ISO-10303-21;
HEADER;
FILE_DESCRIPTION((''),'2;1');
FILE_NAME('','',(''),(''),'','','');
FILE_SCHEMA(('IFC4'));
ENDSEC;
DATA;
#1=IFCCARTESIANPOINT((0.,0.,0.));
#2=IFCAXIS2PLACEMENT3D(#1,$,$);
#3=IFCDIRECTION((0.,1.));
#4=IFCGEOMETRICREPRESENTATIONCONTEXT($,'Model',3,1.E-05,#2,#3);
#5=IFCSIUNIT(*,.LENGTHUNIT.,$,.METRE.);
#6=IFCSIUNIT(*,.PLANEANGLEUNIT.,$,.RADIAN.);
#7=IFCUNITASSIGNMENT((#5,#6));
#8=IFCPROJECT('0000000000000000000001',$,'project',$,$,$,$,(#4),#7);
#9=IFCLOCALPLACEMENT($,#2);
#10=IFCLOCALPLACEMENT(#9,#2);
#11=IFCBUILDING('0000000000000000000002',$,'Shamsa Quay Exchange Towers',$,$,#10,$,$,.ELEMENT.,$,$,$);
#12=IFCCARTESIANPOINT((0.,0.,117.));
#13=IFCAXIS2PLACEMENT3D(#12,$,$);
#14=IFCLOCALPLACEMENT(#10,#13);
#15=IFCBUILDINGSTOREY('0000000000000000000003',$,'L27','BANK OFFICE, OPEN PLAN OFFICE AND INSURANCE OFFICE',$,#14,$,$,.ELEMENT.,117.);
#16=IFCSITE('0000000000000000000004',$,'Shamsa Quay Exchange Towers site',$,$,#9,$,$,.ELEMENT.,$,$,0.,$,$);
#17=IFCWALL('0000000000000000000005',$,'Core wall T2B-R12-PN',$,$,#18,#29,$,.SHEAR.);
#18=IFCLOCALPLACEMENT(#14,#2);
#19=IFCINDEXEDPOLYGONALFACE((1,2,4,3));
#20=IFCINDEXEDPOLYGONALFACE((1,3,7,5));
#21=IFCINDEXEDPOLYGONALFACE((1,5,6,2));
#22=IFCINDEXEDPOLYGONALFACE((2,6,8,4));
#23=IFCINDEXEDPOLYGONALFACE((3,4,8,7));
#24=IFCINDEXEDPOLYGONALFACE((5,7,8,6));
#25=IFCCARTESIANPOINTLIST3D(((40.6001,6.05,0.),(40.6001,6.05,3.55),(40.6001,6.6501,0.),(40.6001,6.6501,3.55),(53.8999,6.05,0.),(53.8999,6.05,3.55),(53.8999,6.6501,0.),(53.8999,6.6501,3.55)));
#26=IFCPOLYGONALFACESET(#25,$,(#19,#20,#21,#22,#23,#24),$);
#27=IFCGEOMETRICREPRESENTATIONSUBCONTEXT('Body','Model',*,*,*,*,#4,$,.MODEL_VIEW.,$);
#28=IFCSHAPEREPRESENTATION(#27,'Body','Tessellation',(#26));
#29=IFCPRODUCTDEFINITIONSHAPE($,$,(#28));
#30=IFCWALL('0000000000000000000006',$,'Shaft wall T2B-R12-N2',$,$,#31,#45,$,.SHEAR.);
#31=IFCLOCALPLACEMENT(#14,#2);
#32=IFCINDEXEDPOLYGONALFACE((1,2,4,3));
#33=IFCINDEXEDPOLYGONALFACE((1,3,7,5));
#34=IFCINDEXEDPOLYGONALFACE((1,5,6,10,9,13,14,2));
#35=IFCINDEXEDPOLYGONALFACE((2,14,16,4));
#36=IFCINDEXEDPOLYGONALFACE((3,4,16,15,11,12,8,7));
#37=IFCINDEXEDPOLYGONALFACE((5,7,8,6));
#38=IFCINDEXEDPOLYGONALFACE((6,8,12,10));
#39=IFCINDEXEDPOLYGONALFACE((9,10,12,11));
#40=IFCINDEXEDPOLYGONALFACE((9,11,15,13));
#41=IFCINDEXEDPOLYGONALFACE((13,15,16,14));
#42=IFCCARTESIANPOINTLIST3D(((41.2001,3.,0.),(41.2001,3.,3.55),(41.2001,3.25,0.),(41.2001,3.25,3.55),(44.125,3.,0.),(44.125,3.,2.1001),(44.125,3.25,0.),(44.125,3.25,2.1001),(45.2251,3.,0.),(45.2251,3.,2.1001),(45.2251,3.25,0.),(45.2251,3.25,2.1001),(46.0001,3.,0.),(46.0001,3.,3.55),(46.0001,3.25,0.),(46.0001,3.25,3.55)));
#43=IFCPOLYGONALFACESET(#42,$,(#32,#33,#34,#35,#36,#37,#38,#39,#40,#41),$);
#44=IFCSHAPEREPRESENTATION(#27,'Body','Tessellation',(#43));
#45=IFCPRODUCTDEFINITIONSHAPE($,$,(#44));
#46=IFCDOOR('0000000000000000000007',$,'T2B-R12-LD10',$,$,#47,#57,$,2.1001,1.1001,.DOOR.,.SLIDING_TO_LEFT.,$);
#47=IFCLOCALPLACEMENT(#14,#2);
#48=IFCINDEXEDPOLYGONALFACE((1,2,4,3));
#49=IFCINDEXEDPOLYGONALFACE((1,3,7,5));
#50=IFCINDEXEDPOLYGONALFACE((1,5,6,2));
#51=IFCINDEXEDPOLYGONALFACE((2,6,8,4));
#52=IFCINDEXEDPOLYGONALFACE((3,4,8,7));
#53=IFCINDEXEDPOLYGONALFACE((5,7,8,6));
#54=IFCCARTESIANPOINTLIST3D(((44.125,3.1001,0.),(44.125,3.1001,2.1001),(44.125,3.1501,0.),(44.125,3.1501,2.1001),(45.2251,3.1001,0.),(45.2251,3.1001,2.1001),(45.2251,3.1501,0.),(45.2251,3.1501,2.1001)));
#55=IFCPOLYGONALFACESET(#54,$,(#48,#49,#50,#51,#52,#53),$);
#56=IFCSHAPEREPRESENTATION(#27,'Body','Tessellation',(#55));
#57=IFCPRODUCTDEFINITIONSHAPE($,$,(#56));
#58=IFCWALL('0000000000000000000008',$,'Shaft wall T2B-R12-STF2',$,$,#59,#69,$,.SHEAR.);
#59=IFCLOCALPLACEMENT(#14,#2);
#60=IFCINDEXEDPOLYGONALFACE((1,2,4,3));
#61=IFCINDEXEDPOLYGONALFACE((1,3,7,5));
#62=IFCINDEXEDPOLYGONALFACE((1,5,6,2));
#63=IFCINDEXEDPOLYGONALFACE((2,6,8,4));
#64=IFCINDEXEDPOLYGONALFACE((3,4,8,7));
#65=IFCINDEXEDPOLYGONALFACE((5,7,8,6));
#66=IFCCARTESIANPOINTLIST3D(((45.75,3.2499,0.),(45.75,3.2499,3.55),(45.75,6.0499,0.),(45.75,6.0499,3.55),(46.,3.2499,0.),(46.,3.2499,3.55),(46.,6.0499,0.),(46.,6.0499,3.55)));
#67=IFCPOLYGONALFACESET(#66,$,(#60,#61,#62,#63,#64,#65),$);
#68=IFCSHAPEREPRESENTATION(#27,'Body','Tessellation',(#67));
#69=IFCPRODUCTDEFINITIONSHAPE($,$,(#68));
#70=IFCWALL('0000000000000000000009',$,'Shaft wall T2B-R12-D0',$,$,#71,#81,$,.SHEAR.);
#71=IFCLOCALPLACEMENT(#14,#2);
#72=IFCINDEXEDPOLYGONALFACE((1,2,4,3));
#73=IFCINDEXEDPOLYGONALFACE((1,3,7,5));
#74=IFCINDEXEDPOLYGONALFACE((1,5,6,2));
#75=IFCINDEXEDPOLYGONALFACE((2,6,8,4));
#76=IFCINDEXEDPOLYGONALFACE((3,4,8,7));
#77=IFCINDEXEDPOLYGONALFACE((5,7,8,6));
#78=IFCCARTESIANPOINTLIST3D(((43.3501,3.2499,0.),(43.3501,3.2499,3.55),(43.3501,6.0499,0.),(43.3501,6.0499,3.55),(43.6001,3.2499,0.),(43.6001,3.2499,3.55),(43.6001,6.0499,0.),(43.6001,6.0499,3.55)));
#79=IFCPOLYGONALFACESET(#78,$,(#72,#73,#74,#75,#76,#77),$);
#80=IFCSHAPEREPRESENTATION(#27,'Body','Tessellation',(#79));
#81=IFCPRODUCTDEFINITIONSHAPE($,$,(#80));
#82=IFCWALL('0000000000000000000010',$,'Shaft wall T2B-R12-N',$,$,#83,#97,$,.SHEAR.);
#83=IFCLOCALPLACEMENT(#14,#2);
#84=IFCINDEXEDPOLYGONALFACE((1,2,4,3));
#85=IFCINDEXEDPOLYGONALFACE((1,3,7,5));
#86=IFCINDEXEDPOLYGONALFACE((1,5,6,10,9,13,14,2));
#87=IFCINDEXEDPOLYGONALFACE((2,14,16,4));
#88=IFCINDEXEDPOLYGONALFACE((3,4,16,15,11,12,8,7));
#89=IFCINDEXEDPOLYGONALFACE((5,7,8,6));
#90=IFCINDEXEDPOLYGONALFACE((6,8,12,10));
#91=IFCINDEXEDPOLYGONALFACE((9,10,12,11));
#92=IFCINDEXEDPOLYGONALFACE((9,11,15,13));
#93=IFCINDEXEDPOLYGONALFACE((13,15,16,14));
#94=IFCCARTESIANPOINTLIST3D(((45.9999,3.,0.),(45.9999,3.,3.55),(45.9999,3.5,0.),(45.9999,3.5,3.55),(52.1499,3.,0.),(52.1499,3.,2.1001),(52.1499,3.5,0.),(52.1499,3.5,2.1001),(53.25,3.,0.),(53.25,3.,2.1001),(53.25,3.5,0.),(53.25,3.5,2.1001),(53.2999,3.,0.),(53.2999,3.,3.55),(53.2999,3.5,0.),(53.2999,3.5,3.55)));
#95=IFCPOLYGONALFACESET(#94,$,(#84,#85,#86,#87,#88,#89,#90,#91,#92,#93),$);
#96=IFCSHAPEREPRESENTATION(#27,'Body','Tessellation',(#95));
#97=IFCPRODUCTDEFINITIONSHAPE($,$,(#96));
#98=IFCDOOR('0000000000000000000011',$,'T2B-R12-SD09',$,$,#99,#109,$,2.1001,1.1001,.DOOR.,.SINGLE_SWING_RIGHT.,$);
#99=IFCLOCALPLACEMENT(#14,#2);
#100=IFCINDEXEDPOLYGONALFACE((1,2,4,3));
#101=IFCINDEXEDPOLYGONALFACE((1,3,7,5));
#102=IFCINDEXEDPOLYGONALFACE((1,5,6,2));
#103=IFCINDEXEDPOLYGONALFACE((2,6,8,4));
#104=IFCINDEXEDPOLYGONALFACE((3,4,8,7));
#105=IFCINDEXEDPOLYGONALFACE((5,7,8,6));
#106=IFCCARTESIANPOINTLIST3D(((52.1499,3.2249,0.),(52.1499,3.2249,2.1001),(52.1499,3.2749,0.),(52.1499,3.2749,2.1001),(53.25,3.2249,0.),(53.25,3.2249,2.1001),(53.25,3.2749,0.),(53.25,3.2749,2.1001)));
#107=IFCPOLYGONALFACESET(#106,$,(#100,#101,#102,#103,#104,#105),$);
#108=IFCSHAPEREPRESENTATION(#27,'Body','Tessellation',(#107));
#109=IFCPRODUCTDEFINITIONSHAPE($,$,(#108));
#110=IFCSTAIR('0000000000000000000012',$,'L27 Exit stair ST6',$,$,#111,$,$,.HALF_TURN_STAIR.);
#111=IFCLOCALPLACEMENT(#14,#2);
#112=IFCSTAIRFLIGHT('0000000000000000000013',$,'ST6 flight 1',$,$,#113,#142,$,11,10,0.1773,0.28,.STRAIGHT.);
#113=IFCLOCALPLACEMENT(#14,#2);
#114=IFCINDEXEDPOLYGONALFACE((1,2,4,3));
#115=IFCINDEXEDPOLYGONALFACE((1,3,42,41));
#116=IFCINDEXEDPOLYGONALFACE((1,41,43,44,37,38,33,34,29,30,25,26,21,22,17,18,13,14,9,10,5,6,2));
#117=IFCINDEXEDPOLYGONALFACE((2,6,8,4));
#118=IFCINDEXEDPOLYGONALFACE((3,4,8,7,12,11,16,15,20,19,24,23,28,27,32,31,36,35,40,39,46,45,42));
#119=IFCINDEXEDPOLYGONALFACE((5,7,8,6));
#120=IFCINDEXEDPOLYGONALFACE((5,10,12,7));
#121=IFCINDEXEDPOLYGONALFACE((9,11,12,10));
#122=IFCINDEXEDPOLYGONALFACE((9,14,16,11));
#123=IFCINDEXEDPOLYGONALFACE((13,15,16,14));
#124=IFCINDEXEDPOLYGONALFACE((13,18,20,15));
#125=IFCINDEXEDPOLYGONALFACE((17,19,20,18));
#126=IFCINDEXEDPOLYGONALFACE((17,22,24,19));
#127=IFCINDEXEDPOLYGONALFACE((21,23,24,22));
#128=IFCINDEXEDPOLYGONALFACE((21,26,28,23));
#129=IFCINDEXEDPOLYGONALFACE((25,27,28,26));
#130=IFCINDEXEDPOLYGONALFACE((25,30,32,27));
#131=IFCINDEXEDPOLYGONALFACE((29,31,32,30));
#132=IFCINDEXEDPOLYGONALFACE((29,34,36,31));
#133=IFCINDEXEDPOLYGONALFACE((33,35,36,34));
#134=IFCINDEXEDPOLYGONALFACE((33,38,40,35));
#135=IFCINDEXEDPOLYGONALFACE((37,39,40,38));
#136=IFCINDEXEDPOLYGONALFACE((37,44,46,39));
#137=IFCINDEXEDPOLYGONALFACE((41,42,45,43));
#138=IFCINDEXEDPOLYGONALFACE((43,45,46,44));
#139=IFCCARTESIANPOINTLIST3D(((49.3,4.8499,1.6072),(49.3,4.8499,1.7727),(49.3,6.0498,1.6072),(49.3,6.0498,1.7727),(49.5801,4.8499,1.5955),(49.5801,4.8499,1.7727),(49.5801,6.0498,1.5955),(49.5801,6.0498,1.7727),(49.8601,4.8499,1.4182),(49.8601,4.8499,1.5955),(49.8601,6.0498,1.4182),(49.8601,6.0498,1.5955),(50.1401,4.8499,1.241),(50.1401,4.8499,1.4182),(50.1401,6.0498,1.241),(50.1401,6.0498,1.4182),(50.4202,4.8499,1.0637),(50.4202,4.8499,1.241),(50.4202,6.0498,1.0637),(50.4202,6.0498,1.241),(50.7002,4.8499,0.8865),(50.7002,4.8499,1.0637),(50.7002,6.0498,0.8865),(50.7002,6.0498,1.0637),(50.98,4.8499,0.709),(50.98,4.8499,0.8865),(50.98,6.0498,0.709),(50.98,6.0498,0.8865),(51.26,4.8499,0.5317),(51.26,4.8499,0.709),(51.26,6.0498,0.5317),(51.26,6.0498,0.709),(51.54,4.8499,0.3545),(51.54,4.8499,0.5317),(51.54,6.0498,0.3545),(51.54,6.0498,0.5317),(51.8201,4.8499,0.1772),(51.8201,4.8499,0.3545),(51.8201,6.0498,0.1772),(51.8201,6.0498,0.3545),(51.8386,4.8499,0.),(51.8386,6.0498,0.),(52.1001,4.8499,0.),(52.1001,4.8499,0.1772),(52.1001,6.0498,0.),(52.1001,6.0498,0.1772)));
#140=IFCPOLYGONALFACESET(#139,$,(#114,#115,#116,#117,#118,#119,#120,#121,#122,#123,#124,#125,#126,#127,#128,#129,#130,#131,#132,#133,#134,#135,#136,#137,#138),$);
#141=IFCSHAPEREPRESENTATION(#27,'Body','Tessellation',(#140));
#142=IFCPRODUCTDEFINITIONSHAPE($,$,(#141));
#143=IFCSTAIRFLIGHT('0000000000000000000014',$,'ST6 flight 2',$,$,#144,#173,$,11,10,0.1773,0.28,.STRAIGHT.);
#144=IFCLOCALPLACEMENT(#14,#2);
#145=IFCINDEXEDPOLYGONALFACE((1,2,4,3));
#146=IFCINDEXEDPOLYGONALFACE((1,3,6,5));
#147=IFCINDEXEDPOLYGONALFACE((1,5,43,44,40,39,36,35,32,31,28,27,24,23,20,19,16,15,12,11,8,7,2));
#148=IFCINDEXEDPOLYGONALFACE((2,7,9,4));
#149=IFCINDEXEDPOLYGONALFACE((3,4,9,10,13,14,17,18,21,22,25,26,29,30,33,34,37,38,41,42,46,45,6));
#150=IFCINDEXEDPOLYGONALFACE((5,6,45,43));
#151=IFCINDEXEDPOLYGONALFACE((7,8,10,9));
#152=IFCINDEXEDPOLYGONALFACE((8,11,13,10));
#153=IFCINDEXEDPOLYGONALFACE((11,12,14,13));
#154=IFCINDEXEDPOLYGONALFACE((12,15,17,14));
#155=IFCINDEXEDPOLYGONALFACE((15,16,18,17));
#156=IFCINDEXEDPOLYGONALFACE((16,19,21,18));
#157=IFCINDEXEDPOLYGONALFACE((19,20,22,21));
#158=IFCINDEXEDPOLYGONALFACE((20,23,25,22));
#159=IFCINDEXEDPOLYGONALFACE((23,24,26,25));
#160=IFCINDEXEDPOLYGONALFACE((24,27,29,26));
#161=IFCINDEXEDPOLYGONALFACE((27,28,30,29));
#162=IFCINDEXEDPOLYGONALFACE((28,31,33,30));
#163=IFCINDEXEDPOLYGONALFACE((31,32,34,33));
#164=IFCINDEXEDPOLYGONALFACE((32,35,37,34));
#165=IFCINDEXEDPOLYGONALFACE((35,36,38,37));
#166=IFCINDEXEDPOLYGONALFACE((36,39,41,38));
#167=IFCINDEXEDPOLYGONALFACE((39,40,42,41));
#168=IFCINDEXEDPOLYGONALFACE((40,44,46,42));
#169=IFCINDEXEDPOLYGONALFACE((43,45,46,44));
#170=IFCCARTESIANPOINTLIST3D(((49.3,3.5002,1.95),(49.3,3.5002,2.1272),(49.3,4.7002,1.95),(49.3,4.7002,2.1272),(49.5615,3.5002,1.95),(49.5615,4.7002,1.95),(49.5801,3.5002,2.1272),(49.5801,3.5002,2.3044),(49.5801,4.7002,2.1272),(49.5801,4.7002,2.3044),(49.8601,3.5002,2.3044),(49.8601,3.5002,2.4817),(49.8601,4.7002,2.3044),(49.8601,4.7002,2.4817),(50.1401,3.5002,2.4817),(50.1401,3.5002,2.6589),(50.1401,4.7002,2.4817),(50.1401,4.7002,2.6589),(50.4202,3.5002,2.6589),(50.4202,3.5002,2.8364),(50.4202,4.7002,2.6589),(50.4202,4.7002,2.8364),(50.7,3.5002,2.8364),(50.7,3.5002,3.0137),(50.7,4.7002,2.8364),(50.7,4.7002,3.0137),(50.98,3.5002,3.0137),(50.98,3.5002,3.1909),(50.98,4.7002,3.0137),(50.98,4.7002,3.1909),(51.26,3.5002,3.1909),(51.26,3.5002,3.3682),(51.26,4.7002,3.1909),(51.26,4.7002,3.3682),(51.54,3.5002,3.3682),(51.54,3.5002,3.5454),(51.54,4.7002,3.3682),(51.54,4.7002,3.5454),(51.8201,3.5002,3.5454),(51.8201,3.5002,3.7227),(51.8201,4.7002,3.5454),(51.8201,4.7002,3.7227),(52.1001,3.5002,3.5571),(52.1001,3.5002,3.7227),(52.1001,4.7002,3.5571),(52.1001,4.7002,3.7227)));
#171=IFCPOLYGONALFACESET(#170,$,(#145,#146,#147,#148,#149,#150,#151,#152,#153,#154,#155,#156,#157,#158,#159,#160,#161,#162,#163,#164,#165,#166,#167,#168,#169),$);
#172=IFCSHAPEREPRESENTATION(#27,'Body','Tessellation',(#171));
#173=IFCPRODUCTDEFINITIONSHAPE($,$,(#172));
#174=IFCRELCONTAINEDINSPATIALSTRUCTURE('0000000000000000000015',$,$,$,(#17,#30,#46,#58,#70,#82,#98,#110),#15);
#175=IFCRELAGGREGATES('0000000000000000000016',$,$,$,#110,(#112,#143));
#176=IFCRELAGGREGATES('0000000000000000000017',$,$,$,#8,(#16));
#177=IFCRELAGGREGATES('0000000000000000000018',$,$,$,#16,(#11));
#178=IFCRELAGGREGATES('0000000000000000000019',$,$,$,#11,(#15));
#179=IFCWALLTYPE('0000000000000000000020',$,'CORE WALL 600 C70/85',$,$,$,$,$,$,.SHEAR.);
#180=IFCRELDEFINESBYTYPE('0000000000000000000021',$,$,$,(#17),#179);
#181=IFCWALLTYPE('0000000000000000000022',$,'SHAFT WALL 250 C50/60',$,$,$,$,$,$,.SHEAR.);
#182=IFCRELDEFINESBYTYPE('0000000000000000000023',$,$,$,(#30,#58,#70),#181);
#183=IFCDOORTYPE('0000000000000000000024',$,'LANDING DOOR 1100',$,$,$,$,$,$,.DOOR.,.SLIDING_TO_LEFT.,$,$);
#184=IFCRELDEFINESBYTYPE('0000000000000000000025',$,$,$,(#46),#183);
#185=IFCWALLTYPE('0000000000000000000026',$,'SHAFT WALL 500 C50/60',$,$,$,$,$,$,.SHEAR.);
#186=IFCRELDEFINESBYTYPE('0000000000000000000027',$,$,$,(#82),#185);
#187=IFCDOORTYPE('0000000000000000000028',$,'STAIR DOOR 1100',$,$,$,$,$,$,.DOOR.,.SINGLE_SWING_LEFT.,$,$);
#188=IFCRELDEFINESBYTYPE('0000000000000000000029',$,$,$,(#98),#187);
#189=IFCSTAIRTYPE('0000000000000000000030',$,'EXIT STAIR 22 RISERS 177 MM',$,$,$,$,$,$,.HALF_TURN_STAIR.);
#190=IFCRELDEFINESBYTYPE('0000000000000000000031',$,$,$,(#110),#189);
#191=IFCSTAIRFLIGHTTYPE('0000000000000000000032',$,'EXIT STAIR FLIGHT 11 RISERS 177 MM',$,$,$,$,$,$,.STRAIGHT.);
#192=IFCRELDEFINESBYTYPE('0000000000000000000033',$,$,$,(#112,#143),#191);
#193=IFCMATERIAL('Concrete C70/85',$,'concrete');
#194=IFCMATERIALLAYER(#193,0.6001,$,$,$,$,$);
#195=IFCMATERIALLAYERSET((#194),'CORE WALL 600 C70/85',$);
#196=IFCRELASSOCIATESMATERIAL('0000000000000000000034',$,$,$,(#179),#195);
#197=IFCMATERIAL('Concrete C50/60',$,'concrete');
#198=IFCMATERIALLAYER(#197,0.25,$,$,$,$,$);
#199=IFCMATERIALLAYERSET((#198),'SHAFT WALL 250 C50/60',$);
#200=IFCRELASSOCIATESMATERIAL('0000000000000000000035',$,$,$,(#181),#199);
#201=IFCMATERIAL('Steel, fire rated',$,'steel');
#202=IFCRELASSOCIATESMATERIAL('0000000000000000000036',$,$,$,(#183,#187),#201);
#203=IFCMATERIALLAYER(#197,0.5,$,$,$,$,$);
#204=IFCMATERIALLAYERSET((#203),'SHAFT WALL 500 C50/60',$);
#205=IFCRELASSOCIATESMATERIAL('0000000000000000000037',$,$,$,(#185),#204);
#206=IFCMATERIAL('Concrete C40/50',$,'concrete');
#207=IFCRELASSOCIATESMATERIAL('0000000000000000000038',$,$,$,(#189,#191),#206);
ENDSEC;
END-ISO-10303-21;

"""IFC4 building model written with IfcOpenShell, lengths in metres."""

from ifc_helpers import new_model, si_unit, direction, frame, frame_2d, origin, place, context, subcontext, project, spatial, polyline, rectangle, outline, extrude, material, layer, layer_set, type_object, element, fill, aggregate, save


model = new_model("IFC4")

# Units and contexts
model_context = context("Model", 3, precision=1e-05, world=origin(), true_north=direction((0.0, 1.0)))
body_context = subcontext(model_context, "Body", "Model", "MODEL_VIEW")
ifc_project = project(units=[si_unit("LENGTHUNIT", "METRE"), si_unit("PLANEANGLEUNIT", "RADIAN")], contexts=[model_context])

# Site, building, storey
site_placement = place(None, origin())
site = spatial("IfcSite", under=ifc_project, at=site_placement, Name="Shamsa Quay Exchange Towers site", CompositionType="ELEMENT", RefElevation=0.0)
building_placement = place(site_placement, origin())
building = spatial("IfcBuilding", under=site, at=building_placement, Name="Shamsa Quay Exchange Towers", CompositionType="ELEMENT")
storey_placement = place(building_placement, frame((0.0, 0.0, 117.0)))
storey = spatial("IfcBuildingStorey", under=building, at=storey_placement, Name="L27", Description="BANK OFFICE, OPEN PLAN OFFICE AND INSURANCE OFFICE", CompositionType="ELEMENT", Elevation=117.0)

# Wall
ifc_material_1 = material(Name="Concrete C70/85", Category="concrete")
ifc_layer_1 = layer(ifc_material_1, 0.6001)
ifc_layer_set_1 = layer_set([ifc_layer_1], Name="CORE WALL 600 C70/85")
wall_type_1 = type_object("IfcWallType", Name="CORE WALL 600 C70/85", PredefinedType="SHEAR", material=ifc_layer_set_1)
wall_1_placement = place(storey_placement, frame((53.8999, 6.3501, 0.0), z_axis=(0.0, 0.0, 1.0), x_axis=(-1.0, 0.0, 0.0)))
element("IfcWall", 1, at=wall_1_placement, inside=storey, type_object=wall_type_1, Name="Core wall T2B-R12-PN", PredefinedType="SHEAR", context=body_context, shape_type="SweptSolid", body=[
    extrude(rectangle(XDim=13.2998, YDim=0.6001, at=frame_2d((6.6499, 0.0))), origin(), (0.0, 0.0, 1.0), 3.55),
])

# Wall, opening, door
ifc_material_2 = material(Name="Concrete C50/60", Category="concrete")
ifc_layer_2 = layer(ifc_material_2, 0.25)
ifc_layer_set_2 = layer_set([ifc_layer_2], Name="SHAFT WALL 250 C50/60")
wall_type_2 = type_object("IfcWallType", Name="SHAFT WALL 250 C50/60", PredefinedType="SHEAR", material=ifc_layer_set_2)
wall_2_placement = place(storey_placement, frame((46.0, 3.125, 0.0), z_axis=(0.0, 0.0, 1.0), x_axis=(-1.0, 0.0, 0.0)))
wall_2 = element("IfcWall", 2, at=wall_2_placement, inside=storey, type_object=wall_type_2, Name="Shaft wall T2B-R12-N2", PredefinedType="SHEAR", context=body_context, shape_type="SweptSolid", body=[
    extrude(rectangle(XDim=4.8, YDim=0.25, at=frame_2d((2.3999, 0.0))), origin(), (0.0, 0.0, 1.0), 3.55),
])
opening_1_placement = place(wall_2_placement, frame((0.7749, 0.0, 0.0)))
opening_1 = element("IfcOpeningElement", 3, at=opening_1_placement, cuts=wall_2, PredefinedType="OPENING", context=body_context, shape_type="SweptSolid", body=[
    extrude(rectangle(XDim=1.1001, YDim=2.1001, at=frame_2d((0.55, 1.05))), frame((0.0, 0.135, 0.0), z_axis=(0.0, -1.0, 0.0), x_axis=(1.0, 0.0, 0.0)), (0.0, 0.0, 1.0), 0.27),
])
ifc_material_3 = material(Name="Steel, fire rated", Category="steel")
door_type_1 = type_object("IfcDoorType", Name="LANDING DOOR 1100", OperationType="SLIDING_TO_LEFT", PredefinedType="DOOR", material=ifc_material_3)
door_1_placement = place(opening_1_placement, origin())
door_1 = element("IfcDoor", 4, at=door_1_placement, inside=storey, type_object=door_type_1, Name="T2B-R12-LD10", OperationType="SLIDING_TO_LEFT", OverallHeight=2.1001, OverallWidth=1.1001, PredefinedType="DOOR", context=body_context, shape_type="SweptSolid", body=[
    extrude(rectangle(XDim=1.1001, YDim=2.1001, at=frame_2d((0.55, 1.05))), frame((0.0, 0.0249, 0.0), z_axis=(0.0, -1.0, 0.0), x_axis=(1.0, 0.0, 0.0)), (0.0, 0.0, 1.0), 0.05),
])
fill(opening_1, door_1)

# Walls
for number, where, z_axis, x_axis, name in (
    (5, (45.875, 3.25, 0.0), (0.0, 0.0, 1.0), (0.0, 1.0, 0.0), "Shaft wall T2B-R12-STF2"),
    (6, (43.4751, 3.25, 0.0), (0.0, 0.0, 1.0), (0.0, 1.0, 0.0), "Shaft wall T2B-R12-D0"),
):
    element("IfcWall", number, at=place(storey_placement, frame(where, z_axis=z_axis, x_axis=x_axis)), inside=storey, type_object=wall_type_2, Name=name, PredefinedType="SHEAR", context=body_context, shape_type="SweptSolid", body=[
        extrude(rectangle(XDim=2.8, YDim=0.25, at=frame_2d((1.3999, 0.0))), origin(), (0.0, 0.0, 1.0), 3.55),
    ])

# Wall, opening, door
ifc_layer_3 = layer(ifc_material_2, 0.5)
ifc_layer_set_3 = layer_set([ifc_layer_3], Name="SHAFT WALL 500 C50/60")
wall_type_3 = type_object("IfcWallType", Name="SHAFT WALL 500 C50/60", PredefinedType="SHEAR", material=ifc_layer_set_3)
wall_3_placement = place(storey_placement, frame((46.0, 3.25, 0.0)))
wall_3 = element("IfcWall", 7, at=wall_3_placement, inside=storey, type_object=wall_type_3, Name="Shaft wall T2B-R12-N", PredefinedType="SHEAR", context=body_context, shape_type="SweptSolid", body=[
    extrude(rectangle(XDim=7.3, YDim=0.5, at=frame_2d((3.6499, 0.0))), origin(), (0.0, 0.0, 1.0), 3.55),
])
opening_2_placement = place(wall_3_placement, frame((6.1499, 0.0, 0.0)))
opening_2 = element("IfcOpeningElement", 8, at=opening_2_placement, cuts=wall_3, PredefinedType="OPENING", context=body_context, shape_type="SweptSolid", body=[
    extrude(rectangle(XDim=1.1001, YDim=2.1001, at=frame_2d((0.55, 1.05))), frame((0.0, 0.26, 0.0), z_axis=(0.0, -1.0, 0.0), x_axis=(1.0, 0.0, 0.0)), (0.0, 0.0, 1.0), 0.52),
])
door_type_2 = type_object("IfcDoorType", Name="STAIR DOOR 1100", OperationType="SINGLE_SWING_LEFT", PredefinedType="DOOR", material=ifc_material_3)
door_2_placement = place(opening_2_placement, origin())
door_2 = element("IfcDoor", 9, at=door_2_placement, inside=storey, type_object=door_type_2, Name="T2B-R12-SD09", OperationType="SINGLE_SWING_RIGHT", OverallHeight=2.1001, OverallWidth=1.1001, PredefinedType="DOOR", context=body_context, shape_type="SweptSolid", body=[
    extrude(rectangle(XDim=1.1001, YDim=2.1001, at=frame_2d((0.55, 1.05))), frame((0.0, 0.0249, 0.0), z_axis=(0.0, -1.0, 0.0), x_axis=(1.0, 0.0, 0.0)), (0.0, 0.0, 1.0), 0.05),
])
fill(opening_2, door_2)

# Stair, stair flights
ifc_material_4 = material(Name="Concrete C40/50", Category="concrete")
stair_type = type_object("IfcStairType", Name="EXIT STAIR 22 RISERS 177 MM", PredefinedType="HALF_TURN_STAIR", material=ifc_material_4)
stair_placement = place(storey_placement, origin())
stair = element("IfcStair", 10, at=stair_placement, inside=storey, type_object=stair_type, Name="L27 Exit stair ST6", PredefinedType="HALF_TURN_STAIR")
stair_flight_type = type_object("IfcStairFlightType", Name="EXIT STAIR FLIGHT 11 RISERS 177 MM", PredefinedType="STRAIGHT", material=ifc_material_4)
stair_flight_1_placement = place(storey_placement, frame((52.1001, 5.45, 0.0), z_axis=(0.0, 0.0, 1.0), x_axis=(-1.0, 0.0, 0.0)))
stair_flight_1 = element("IfcStairFlight", 11, at=stair_flight_1_placement, type_object=stair_flight_type, Name="ST6 flight 1", NumberOfRisers=11, NumberOfTreads=10, PredefinedType="STRAIGHT", RiserHeight=0.1773, TreadLength=0.28, context=body_context, shape_type="SweptSolid", body=[
    extrude(outline(polyline([(0.0, 0.0), (0.0, 0.1772), (0.28, 0.1772), (0.28, 0.3545), (0.5601, 0.3545), (0.5601, 0.5317), (0.8401, 0.5317), (0.8401, 0.709), (1.1201, 0.709), (1.1201, 0.8865), (1.3999, 0.8865), (1.3999, 1.0637), (1.6799, 1.0637), (1.6799, 1.241), (1.96, 1.241), (1.96, 1.4182), (2.24, 1.4182), (2.24, 1.5955), (2.52, 1.5955), (2.52, 1.7727), (2.8, 1.7727), (2.8, 1.95), (2.8, 1.6072), (0.2615, 0.0), (0.0, 0.0)])), frame((0.0, 0.6001, 0.0), z_axis=(0.0, -1.0, 0.0), x_axis=(1.0, 0.0, 0.0)), (0.0, 0.0, 1.0), 1.2),
])
stair_flight_2_placement = place(storey_placement, frame((49.3, 4.1001, 1.95)))
stair_flight_2 = element("IfcStairFlight", 12, at=stair_flight_2_placement, type_object=stair_flight_type, Name="ST6 flight 2", NumberOfRisers=11, NumberOfTreads=10, PredefinedType="STRAIGHT", RiserHeight=0.1773, TreadLength=0.28, context=body_context, shape_type="SweptSolid", body=[
    extrude(outline(polyline([(0.0, 0.0), (0.0, 0.1772), (0.28, 0.1772), (0.28, 0.3545), (0.5601, 0.3545), (0.5601, 0.5317), (0.8401, 0.5317), (0.8401, 0.709), (1.1201, 0.709), (1.1201, 0.8865), (1.3999, 0.8865), (1.3999, 1.0637), (1.6799, 1.0637), (1.6799, 1.241), (1.96, 1.241), (1.96, 1.4182), (2.24, 1.4182), (2.24, 1.5955), (2.52, 1.5955), (2.52, 1.7727), (2.8, 1.7727), (2.8, 1.95), (2.8, 1.6072), (0.2615, 0.0), (0.0, 0.0)])), frame((0.0, 0.6001, 0.0), z_axis=(0.0, -1.0, 0.0), x_axis=(1.0, 0.0, 0.0)), (0.0, 0.0, 1.0), 1.2),
])
aggregate(stair, [stair_flight_1, stair_flight_2])

save(model, "model.ifc")
